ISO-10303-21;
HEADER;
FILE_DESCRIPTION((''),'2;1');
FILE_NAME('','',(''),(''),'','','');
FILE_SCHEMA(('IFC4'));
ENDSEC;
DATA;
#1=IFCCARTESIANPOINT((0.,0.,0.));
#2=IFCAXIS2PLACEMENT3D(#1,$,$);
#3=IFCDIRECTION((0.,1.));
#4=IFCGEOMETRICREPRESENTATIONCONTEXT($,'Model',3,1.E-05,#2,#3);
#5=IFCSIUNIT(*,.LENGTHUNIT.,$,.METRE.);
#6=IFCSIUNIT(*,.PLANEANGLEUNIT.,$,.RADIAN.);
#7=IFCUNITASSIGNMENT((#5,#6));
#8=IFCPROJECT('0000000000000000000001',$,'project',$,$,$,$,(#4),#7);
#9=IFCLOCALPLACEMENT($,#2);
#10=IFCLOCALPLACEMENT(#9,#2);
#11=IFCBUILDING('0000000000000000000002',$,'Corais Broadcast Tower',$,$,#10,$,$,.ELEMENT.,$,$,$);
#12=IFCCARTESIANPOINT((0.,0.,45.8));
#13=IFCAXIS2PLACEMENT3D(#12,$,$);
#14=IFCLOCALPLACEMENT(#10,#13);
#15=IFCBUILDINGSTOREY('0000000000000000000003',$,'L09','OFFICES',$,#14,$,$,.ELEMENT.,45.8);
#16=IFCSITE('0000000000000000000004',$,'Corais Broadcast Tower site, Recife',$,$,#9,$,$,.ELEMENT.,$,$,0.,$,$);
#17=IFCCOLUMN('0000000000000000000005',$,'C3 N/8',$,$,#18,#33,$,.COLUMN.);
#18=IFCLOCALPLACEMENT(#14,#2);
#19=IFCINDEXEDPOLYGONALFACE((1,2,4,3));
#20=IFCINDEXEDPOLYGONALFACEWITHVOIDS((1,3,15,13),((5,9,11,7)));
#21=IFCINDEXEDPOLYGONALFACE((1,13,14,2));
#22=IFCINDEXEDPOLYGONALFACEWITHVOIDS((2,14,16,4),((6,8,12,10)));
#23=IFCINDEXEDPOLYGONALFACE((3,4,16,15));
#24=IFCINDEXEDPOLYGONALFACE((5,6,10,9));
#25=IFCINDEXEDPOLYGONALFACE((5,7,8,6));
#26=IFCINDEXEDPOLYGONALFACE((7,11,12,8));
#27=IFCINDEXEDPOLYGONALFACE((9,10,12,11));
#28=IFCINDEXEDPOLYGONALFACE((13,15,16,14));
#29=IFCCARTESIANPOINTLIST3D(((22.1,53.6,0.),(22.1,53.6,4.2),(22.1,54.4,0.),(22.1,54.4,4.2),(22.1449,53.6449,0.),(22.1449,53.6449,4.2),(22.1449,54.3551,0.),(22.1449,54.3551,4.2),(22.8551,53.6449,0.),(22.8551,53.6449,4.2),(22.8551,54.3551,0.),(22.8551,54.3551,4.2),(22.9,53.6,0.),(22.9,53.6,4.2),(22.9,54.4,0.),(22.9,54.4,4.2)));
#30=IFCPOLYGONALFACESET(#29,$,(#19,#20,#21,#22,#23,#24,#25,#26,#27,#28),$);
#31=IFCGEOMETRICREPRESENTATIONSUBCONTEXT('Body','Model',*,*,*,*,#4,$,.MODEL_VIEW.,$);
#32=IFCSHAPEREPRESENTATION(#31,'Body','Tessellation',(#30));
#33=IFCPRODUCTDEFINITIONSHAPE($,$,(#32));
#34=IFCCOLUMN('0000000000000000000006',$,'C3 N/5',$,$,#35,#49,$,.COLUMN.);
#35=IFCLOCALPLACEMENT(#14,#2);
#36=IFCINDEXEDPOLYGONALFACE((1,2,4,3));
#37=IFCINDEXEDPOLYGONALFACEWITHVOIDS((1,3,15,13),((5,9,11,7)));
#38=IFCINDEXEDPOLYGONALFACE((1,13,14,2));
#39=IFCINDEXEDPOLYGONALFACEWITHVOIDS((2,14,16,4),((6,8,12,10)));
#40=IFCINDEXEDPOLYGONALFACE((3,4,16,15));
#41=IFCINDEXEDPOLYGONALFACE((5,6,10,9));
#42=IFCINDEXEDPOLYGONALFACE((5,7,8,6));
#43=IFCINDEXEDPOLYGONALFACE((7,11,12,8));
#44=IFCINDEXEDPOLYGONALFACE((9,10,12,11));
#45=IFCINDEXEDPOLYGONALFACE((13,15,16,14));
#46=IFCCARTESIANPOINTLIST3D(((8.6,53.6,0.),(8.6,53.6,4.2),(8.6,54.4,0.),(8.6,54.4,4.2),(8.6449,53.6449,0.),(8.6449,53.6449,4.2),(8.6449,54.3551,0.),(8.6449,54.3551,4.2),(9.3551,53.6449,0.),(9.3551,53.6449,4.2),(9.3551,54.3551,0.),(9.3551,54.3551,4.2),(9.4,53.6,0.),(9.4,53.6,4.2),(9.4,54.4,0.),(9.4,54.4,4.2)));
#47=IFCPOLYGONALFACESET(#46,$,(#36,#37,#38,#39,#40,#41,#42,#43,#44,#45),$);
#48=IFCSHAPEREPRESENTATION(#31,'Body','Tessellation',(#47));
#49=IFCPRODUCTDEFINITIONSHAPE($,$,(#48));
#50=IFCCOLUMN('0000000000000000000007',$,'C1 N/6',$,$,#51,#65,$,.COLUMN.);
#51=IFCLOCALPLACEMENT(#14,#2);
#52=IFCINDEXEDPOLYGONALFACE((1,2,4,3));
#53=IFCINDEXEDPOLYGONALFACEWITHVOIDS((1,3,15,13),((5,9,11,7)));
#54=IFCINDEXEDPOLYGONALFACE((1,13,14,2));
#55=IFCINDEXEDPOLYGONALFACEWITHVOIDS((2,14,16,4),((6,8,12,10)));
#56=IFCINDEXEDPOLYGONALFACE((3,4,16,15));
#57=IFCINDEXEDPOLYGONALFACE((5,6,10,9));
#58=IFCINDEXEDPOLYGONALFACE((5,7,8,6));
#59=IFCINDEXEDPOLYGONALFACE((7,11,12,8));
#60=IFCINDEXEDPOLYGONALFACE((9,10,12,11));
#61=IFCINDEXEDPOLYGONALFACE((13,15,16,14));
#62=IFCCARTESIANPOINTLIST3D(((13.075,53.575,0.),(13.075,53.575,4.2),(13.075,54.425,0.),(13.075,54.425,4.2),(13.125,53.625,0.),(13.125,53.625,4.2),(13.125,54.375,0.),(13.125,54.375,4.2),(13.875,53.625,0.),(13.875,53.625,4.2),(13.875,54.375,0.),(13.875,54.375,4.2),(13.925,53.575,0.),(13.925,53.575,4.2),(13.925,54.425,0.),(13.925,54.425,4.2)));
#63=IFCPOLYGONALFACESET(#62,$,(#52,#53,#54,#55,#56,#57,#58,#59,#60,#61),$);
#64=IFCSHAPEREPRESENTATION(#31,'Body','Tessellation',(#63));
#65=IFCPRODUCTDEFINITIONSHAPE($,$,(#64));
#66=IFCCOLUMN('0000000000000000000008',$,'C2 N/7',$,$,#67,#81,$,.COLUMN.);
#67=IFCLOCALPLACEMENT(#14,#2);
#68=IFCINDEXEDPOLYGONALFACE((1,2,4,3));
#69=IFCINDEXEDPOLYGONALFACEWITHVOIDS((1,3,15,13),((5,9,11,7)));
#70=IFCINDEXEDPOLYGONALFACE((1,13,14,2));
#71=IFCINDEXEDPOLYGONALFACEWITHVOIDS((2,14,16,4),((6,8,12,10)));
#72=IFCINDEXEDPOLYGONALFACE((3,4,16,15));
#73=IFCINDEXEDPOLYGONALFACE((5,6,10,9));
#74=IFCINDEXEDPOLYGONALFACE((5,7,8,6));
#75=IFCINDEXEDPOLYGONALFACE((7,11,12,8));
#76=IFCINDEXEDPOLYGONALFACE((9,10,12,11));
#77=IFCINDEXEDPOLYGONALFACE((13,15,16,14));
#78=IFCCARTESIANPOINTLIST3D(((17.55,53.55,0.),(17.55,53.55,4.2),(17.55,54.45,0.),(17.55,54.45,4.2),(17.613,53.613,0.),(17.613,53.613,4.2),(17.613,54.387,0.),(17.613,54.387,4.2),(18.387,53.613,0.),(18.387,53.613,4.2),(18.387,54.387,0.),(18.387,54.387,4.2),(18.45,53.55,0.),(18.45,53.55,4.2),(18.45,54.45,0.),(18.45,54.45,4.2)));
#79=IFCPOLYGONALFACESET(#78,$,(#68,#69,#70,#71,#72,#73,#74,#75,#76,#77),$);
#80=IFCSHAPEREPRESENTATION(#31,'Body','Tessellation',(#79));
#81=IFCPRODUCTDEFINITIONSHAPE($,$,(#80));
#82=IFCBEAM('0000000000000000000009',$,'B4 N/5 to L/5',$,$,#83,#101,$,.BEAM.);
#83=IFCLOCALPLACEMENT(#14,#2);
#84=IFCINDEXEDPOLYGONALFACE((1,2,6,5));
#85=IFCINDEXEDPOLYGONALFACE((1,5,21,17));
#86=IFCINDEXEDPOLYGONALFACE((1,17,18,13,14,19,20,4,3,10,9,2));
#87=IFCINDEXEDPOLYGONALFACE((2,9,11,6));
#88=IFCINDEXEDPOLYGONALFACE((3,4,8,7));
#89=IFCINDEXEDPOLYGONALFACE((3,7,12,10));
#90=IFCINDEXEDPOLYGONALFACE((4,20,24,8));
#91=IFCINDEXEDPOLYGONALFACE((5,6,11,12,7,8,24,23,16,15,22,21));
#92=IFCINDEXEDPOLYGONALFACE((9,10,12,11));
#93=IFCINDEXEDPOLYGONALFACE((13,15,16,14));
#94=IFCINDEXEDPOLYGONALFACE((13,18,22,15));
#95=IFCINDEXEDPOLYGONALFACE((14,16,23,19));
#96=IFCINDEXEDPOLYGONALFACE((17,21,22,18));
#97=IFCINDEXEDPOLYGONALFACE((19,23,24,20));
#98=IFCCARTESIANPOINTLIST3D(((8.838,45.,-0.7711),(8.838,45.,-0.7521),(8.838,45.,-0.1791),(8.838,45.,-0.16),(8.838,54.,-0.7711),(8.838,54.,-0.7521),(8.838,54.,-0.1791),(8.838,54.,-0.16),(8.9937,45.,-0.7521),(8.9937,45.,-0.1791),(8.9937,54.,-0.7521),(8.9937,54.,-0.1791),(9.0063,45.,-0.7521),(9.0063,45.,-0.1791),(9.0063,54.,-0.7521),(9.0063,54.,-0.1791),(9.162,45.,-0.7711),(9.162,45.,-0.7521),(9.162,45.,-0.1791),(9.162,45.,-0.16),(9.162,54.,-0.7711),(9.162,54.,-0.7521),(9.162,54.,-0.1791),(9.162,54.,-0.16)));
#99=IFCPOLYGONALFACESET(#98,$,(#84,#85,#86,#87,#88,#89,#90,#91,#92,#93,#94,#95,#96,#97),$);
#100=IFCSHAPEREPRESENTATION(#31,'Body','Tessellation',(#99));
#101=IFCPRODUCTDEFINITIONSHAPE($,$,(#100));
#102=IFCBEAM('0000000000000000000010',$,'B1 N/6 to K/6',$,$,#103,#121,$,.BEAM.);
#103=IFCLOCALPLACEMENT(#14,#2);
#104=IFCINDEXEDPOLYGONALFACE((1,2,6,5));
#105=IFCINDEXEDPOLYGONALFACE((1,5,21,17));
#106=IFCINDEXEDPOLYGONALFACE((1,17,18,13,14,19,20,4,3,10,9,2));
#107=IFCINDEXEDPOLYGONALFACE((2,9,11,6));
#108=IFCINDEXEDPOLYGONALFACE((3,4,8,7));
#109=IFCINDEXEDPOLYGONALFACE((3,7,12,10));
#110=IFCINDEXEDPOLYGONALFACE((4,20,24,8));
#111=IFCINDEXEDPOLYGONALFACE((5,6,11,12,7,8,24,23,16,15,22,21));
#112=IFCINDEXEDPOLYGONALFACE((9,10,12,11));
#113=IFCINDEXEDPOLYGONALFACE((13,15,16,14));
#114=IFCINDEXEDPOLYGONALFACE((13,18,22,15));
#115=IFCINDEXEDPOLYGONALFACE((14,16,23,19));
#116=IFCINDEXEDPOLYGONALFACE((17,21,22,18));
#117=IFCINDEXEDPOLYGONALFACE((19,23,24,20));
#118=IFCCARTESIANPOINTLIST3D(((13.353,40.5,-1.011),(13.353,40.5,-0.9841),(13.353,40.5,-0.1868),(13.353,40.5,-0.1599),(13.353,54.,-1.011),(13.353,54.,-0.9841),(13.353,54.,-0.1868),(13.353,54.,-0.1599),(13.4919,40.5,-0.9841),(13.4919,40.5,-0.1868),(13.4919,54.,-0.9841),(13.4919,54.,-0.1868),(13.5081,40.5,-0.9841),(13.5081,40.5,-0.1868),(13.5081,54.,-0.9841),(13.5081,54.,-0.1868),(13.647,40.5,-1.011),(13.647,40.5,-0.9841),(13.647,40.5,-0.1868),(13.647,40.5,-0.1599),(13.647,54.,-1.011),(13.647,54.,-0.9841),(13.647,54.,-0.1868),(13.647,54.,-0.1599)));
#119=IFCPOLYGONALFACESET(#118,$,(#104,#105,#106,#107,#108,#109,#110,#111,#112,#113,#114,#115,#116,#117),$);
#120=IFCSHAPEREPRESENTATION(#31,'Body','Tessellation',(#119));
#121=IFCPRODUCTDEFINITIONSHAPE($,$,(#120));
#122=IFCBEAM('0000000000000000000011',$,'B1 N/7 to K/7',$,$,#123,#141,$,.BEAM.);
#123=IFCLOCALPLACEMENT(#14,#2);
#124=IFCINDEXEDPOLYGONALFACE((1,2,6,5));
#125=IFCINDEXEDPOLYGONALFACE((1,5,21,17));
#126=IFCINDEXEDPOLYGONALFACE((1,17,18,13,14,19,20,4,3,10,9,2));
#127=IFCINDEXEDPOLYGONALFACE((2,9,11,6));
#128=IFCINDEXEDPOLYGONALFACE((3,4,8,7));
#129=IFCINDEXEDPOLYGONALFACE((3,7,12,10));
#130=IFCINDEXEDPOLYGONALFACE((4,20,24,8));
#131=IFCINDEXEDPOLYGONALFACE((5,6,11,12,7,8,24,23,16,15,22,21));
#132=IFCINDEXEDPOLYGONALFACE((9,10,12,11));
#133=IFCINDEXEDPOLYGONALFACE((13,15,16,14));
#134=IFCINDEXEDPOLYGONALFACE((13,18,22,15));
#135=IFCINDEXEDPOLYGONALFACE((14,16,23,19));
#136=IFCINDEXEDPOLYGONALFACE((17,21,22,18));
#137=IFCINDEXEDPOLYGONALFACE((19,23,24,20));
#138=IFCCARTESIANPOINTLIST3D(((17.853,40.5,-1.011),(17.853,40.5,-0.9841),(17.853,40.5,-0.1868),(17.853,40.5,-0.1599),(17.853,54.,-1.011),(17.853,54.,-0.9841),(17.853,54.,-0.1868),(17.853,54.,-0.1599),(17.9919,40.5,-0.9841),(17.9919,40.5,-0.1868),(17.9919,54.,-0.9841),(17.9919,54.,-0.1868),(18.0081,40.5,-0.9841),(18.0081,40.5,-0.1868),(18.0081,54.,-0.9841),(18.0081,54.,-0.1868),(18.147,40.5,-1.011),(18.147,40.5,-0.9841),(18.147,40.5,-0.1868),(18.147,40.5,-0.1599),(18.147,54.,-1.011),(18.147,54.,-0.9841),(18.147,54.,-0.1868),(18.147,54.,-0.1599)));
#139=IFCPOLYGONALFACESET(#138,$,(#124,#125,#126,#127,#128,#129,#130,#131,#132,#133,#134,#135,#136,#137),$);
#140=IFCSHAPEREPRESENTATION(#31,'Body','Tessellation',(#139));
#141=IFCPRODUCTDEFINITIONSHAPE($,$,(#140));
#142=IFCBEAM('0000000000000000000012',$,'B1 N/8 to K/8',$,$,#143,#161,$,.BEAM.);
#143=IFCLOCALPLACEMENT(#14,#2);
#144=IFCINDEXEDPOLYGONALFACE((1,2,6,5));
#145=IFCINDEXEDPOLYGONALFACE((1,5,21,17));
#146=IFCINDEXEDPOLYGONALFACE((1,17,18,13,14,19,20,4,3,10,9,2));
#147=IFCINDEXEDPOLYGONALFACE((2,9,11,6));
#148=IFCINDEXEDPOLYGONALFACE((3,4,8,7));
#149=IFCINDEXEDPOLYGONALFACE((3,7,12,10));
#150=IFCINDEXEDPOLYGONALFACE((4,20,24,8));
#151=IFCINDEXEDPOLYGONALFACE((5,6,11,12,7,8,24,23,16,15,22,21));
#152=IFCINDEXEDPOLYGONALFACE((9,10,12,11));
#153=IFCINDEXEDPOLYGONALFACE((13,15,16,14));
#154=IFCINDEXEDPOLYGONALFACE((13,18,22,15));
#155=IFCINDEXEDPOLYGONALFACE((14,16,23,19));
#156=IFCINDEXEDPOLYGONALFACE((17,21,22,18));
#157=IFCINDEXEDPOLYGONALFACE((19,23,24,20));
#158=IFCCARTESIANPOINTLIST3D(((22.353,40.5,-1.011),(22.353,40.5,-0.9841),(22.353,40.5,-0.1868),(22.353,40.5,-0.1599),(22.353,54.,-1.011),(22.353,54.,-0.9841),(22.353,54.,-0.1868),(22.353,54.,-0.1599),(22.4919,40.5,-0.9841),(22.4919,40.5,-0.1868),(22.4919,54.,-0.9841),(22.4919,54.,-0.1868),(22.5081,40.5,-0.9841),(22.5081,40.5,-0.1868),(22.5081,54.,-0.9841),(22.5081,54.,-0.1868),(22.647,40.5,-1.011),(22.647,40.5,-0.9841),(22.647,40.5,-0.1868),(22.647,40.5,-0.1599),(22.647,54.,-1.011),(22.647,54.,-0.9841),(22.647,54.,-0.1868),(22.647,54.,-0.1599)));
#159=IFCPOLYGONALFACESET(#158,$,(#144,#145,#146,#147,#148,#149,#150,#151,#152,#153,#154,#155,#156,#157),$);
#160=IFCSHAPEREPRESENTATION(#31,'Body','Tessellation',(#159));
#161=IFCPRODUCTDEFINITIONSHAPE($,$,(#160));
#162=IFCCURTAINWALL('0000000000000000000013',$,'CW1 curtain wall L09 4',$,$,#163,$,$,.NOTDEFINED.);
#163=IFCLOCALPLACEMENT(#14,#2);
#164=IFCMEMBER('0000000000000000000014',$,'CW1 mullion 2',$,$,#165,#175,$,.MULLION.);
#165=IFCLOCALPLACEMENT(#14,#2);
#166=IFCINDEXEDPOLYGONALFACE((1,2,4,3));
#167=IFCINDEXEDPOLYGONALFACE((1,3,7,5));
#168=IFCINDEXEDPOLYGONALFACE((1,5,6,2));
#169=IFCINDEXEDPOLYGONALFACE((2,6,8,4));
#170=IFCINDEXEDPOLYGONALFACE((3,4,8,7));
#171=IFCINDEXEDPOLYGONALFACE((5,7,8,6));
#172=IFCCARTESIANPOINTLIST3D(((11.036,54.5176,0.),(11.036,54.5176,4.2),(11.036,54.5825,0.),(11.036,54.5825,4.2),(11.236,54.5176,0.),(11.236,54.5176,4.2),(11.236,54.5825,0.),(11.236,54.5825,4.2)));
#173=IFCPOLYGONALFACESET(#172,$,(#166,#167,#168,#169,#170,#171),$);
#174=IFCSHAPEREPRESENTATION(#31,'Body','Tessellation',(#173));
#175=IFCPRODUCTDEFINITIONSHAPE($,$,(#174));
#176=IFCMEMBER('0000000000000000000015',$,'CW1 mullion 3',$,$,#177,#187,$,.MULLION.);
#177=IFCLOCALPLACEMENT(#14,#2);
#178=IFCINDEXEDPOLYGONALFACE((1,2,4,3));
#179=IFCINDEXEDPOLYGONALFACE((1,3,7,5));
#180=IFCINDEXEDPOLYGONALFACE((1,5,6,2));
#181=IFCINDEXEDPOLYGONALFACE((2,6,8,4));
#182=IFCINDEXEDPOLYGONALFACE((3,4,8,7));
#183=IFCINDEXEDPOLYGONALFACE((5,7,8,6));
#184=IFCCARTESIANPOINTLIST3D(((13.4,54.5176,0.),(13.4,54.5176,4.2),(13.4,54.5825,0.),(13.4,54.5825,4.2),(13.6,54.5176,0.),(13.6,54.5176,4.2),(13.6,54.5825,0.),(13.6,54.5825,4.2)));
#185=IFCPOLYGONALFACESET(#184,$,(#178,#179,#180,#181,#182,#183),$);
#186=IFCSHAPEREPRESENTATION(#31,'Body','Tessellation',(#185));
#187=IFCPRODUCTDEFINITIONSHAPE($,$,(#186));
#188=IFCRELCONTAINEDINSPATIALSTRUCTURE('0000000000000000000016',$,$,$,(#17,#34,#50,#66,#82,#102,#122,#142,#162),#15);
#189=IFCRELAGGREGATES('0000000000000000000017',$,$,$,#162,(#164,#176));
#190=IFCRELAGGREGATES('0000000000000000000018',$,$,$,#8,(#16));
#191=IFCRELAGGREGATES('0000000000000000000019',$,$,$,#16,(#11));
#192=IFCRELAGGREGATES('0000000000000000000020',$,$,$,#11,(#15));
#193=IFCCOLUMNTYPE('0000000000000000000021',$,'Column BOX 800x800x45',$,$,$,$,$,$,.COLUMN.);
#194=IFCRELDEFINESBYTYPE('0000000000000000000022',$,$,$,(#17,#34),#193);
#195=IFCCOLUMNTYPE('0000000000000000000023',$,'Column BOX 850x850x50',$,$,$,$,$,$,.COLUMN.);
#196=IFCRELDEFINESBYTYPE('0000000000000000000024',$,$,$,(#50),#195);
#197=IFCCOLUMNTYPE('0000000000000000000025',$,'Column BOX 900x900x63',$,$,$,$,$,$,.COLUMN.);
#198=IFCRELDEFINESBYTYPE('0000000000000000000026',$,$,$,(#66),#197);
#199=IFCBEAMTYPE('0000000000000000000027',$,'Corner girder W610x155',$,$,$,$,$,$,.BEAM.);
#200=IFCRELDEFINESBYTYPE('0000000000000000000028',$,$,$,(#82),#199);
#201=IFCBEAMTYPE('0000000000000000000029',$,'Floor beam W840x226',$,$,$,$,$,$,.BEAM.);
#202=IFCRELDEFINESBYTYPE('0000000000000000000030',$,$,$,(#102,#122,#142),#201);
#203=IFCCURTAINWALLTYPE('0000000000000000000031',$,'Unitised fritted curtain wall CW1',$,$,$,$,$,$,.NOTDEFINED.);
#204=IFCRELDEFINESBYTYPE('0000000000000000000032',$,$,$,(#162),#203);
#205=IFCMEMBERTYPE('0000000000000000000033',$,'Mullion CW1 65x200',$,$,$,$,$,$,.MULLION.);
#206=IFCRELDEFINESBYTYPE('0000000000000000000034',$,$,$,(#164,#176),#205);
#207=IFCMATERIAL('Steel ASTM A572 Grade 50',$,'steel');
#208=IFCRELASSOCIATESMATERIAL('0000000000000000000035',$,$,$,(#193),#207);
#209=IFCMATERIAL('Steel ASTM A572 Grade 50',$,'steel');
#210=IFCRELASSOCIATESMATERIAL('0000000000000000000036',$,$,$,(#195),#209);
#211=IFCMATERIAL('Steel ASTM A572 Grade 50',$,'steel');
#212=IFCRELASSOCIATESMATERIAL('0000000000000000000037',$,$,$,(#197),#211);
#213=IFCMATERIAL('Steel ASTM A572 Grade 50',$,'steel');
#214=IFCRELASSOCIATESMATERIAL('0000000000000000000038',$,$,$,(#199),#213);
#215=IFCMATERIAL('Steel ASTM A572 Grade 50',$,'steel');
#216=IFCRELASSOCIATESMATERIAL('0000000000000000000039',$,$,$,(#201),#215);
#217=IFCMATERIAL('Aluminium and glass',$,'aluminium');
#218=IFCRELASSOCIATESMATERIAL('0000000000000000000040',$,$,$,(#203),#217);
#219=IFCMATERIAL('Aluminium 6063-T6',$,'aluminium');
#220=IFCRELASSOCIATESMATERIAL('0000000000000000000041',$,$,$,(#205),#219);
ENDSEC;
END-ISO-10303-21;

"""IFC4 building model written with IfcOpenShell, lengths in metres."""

from ifc_helpers import new_model, si_unit, direction, frame, origin, origin_2d, place, context, subcontext, project, spatial, rectangle, hollow_rectangle, i_section, extrude, material, material_profile, profile_set, type_object, element, aggregate, save


model = new_model("IFC4")

# Units and contexts
model_context = context("Model", 3, precision=1e-05, world=origin(), true_north=direction((0.0, 1.0)))
body_context = subcontext(model_context, "Body", "Model", "MODEL_VIEW")
ifc_project = project(units=[si_unit("LENGTHUNIT", "METRE"), si_unit("PLANEANGLEUNIT", "RADIAN")], contexts=[model_context])

# Site, building, storey
site_placement = place(None, origin())
site = spatial("IfcSite", under=ifc_project, at=site_placement, Name="Corais Broadcast Tower site, Recife", CompositionType="ELEMENT", RefElevation=0.0)
building_placement = place(site_placement, origin())
building = spatial("IfcBuilding", under=site, at=building_placement, Name="Corais Broadcast Tower", CompositionType="ELEMENT")
storey_placement = place(building_placement, frame((0.0, 0.0, 45.8)))
storey = spatial("IfcBuildingStorey", under=building, at=storey_placement, Name="L09", Description="OFFICES", CompositionType="ELEMENT", Elevation=45.8)

# Columns
ifc_material_1 = material(Name="Steel ASTM A572 Grade 50", Category="steel")
ifc_material_profile_1 = material_profile(ifc_material_1, hollow_rectangle(XDim=0.8, YDim=0.8, WallThickness=0.0449, at=origin_2d()), Name="BOX 800x800x45")
ifc_profile_set_1 = profile_set([ifc_material_profile_1], Name="Steel ASTM A572 Grade 50")
column_type_1 = type_object("IfcColumnType", Name="Column BOX 800x800x45", PredefinedType="COLUMN", material=ifc_profile_set_1)
for number, where, z_axis, x_axis, name in (
    (1, (22.5, 54.0, 0.0), (0.0, 0.0, 1.0), (1.0, 0.0, 0.0), "C3 N/8"),
    (2, (9.0, 54.0, 0.0), (0.0, 0.0, 1.0), (1.0, 0.0, 0.0), "C3 N/5"),
):
    element("IfcColumn", number, at=place(storey_placement, frame(where, z_axis=z_axis, x_axis=x_axis)), inside=storey, type_object=column_type_1, Name=name, PredefinedType="COLUMN", context=body_context, shape_type="SweptSolid", body=[
        extrude(hollow_rectangle(XDim=0.8, YDim=0.8, WallThickness=0.0449, at=origin_2d()), origin(), (0.0, 0.0, 1.0), 4.2),
    ])
ifc_material_2 = material(Name="Steel ASTM A572 Grade 50", Category="steel")
ifc_material_profile_2 = material_profile(ifc_material_2, hollow_rectangle(XDim=0.8501, YDim=0.8501, WallThickness=0.05, at=origin_2d()), Name="BOX 850x850x50")
ifc_profile_set_2 = profile_set([ifc_material_profile_2], Name="Steel ASTM A572 Grade 50")
column_type_2 = type_object("IfcColumnType", Name="Column BOX 850x850x50", PredefinedType="COLUMN", material=ifc_profile_set_2)
column_1_placement = place(storey_placement, frame((13.5, 54.0, 0.0), z_axis=(0.0, 0.0, 1.0), x_axis=(1.0, 0.0, 0.0)))
element("IfcColumn", 3, at=column_1_placement, inside=storey, type_object=column_type_2, Name="C1 N/6", PredefinedType="COLUMN", context=body_context, shape_type="SweptSolid", body=[
    extrude(hollow_rectangle(XDim=0.8501, YDim=0.8501, WallThickness=0.05, at=origin_2d()), origin(), (0.0, 0.0, 1.0), 4.2),
])
ifc_material_3 = material(Name="Steel ASTM A572 Grade 50", Category="steel")
ifc_material_profile_3 = material_profile(ifc_material_3, hollow_rectangle(XDim=0.8999, YDim=0.8999, WallThickness=0.063, at=origin_2d()), Name="BOX 900x900x63")
ifc_profile_set_3 = profile_set([ifc_material_profile_3], Name="Steel ASTM A572 Grade 50")
column_type_3 = type_object("IfcColumnType", Name="Column BOX 900x900x63", PredefinedType="COLUMN", material=ifc_profile_set_3)
column_2_placement = place(storey_placement, frame((18.0, 54.0, 0.0), z_axis=(0.0, 0.0, 1.0), x_axis=(1.0, 0.0, 0.0)))
element("IfcColumn", 4, at=column_2_placement, inside=storey, type_object=column_type_3, Name="C2 N/7", PredefinedType="COLUMN", context=body_context, shape_type="SweptSolid", body=[
    extrude(hollow_rectangle(XDim=0.8999, YDim=0.8999, WallThickness=0.063, at=origin_2d()), origin(), (0.0, 0.0, 1.0), 4.2),
])

# Beams
ifc_material_4 = material(Name="Steel ASTM A572 Grade 50", Category="steel")
ifc_material_profile_4 = material_profile(ifc_material_4, i_section(OverallWidth=0.324, OverallDepth=0.6111, WebThickness=0.0127, FlangeThickness=0.019, at=origin_2d()), Name="W610x155")
ifc_profile_set_4 = profile_set([ifc_material_profile_4], Name="Steel ASTM A572 Grade 50")
beam_type_1 = type_object("IfcBeamType", Name="Corner girder W610x155", PredefinedType="BEAM", material=ifc_profile_set_4)
beam_1_placement = place(storey_placement, frame((9.0, 54.0, -0.4656), z_axis=(0.0, -1.0, 0.0), x_axis=(1.0, 0.0, 0.0)))
element("IfcBeam", 5, at=beam_1_placement, inside=storey, type_object=beam_type_1, Name="B4 N/5 to L/5", PredefinedType="BEAM", context=body_context, shape_type="SweptSolid", body=[
    extrude(i_section(OverallWidth=0.324, OverallDepth=0.6111, WebThickness=0.0127, FlangeThickness=0.019, at=origin_2d()), origin(), (0.0, 0.0, 1.0), 9.0),
])
ifc_material_5 = material(Name="Steel ASTM A572 Grade 50", Category="steel")
ifc_material_profile_5 = material_profile(ifc_material_5, i_section(OverallWidth=0.2939, OverallDepth=0.8511, WebThickness=0.0161, FlangeThickness=0.0269, at=origin_2d()), Name="W840x226")
ifc_profile_set_5 = profile_set([ifc_material_profile_5], Name="Steel ASTM A572 Grade 50")
beam_type_2 = type_object("IfcBeamType", Name="Floor beam W840x226", PredefinedType="BEAM", material=ifc_profile_set_5)
for number, where, z_axis, x_axis, name in (
    (6, (13.5, 54.0, -0.5854), (0.0, -1.0, 0.0), (1.0, 0.0, 0.0), "B1 N/6 to K/6"),
    (7, (18.0, 54.0, -0.5854), (0.0, -1.0, 0.0), (1.0, 0.0, 0.0), "B1 N/7 to K/7"),
    (8, (22.5, 54.0, -0.5854), (0.0, -1.0, 0.0), (1.0, 0.0, 0.0), "B1 N/8 to K/8"),
):
    element("IfcBeam", number, at=place(storey_placement, frame(where, z_axis=z_axis, x_axis=x_axis)), inside=storey, type_object=beam_type_2, Name=name, PredefinedType="BEAM", context=body_context, shape_type="SweptSolid", body=[
        extrude(i_section(OverallWidth=0.2939, OverallDepth=0.8511, WebThickness=0.0161, FlangeThickness=0.0269, at=origin_2d()), origin(), (0.0, 0.0, 1.0), 13.5),
    ])

# Curtain wall, members
ifc_material_6 = material(Name="Aluminium and glass", Category="aluminium")
curtain_wall_type = type_object("IfcCurtainWallType", Name="Unitised fritted curtain wall CW1", PredefinedType="NOTDEFINED", material=ifc_material_6)
curtain_wall_placement = place(storey_placement, origin())
curtain_wall = element("IfcCurtainWall", 9, at=curtain_wall_placement, inside=storey, type_object=curtain_wall_type, Name="CW1 curtain wall L09 4", PredefinedType="NOTDEFINED")
ifc_material_7 = material(Name="Aluminium 6063-T6", Category="aluminium")
ifc_material_profile_6 = material_profile(ifc_material_7, rectangle(XDim=0.0649, YDim=0.2, at=origin_2d()), Name="Mullion CW1 65x200")
ifc_profile_set_6 = profile_set([ifc_material_profile_6], Name="Aluminium 6063-T6")
member_type_1 = type_object("IfcMemberType", Name="Mullion CW1 65x200", PredefinedType="MULLION", material=ifc_profile_set_6)
member_1_placement = place(storey_placement, frame((11.136, 54.55, 0.0), z_axis=(0.0, 0.0, 1.0), x_axis=(0.0, 1.0, 0.0)))
member_1 = element("IfcMember", 10, at=member_1_placement, type_object=member_type_1, Name="CW1 mullion 2", PredefinedType="MULLION", context=body_context, shape_type="SweptSolid", body=[
    extrude(rectangle(XDim=0.0649, YDim=0.2, at=origin_2d()), origin(), (0.0, 0.0, 1.0), 4.2),
])
member_2_placement = place(storey_placement, frame((13.5, 54.55, 0.0), z_axis=(0.0, 0.0, 1.0), x_axis=(0.0, 1.0, 0.0)))
member_2 = element("IfcMember", 11, at=member_2_placement, type_object=member_type_1, Name="CW1 mullion 3", PredefinedType="MULLION", context=body_context, shape_type="SweptSolid", body=[
    extrude(rectangle(XDim=0.0649, YDim=0.2, at=origin_2d()), origin(), (0.0, 0.0, 1.0), 4.2),
])

aggregate(curtain_wall, [member_1, member_2])

save(model, "model.ifc")
